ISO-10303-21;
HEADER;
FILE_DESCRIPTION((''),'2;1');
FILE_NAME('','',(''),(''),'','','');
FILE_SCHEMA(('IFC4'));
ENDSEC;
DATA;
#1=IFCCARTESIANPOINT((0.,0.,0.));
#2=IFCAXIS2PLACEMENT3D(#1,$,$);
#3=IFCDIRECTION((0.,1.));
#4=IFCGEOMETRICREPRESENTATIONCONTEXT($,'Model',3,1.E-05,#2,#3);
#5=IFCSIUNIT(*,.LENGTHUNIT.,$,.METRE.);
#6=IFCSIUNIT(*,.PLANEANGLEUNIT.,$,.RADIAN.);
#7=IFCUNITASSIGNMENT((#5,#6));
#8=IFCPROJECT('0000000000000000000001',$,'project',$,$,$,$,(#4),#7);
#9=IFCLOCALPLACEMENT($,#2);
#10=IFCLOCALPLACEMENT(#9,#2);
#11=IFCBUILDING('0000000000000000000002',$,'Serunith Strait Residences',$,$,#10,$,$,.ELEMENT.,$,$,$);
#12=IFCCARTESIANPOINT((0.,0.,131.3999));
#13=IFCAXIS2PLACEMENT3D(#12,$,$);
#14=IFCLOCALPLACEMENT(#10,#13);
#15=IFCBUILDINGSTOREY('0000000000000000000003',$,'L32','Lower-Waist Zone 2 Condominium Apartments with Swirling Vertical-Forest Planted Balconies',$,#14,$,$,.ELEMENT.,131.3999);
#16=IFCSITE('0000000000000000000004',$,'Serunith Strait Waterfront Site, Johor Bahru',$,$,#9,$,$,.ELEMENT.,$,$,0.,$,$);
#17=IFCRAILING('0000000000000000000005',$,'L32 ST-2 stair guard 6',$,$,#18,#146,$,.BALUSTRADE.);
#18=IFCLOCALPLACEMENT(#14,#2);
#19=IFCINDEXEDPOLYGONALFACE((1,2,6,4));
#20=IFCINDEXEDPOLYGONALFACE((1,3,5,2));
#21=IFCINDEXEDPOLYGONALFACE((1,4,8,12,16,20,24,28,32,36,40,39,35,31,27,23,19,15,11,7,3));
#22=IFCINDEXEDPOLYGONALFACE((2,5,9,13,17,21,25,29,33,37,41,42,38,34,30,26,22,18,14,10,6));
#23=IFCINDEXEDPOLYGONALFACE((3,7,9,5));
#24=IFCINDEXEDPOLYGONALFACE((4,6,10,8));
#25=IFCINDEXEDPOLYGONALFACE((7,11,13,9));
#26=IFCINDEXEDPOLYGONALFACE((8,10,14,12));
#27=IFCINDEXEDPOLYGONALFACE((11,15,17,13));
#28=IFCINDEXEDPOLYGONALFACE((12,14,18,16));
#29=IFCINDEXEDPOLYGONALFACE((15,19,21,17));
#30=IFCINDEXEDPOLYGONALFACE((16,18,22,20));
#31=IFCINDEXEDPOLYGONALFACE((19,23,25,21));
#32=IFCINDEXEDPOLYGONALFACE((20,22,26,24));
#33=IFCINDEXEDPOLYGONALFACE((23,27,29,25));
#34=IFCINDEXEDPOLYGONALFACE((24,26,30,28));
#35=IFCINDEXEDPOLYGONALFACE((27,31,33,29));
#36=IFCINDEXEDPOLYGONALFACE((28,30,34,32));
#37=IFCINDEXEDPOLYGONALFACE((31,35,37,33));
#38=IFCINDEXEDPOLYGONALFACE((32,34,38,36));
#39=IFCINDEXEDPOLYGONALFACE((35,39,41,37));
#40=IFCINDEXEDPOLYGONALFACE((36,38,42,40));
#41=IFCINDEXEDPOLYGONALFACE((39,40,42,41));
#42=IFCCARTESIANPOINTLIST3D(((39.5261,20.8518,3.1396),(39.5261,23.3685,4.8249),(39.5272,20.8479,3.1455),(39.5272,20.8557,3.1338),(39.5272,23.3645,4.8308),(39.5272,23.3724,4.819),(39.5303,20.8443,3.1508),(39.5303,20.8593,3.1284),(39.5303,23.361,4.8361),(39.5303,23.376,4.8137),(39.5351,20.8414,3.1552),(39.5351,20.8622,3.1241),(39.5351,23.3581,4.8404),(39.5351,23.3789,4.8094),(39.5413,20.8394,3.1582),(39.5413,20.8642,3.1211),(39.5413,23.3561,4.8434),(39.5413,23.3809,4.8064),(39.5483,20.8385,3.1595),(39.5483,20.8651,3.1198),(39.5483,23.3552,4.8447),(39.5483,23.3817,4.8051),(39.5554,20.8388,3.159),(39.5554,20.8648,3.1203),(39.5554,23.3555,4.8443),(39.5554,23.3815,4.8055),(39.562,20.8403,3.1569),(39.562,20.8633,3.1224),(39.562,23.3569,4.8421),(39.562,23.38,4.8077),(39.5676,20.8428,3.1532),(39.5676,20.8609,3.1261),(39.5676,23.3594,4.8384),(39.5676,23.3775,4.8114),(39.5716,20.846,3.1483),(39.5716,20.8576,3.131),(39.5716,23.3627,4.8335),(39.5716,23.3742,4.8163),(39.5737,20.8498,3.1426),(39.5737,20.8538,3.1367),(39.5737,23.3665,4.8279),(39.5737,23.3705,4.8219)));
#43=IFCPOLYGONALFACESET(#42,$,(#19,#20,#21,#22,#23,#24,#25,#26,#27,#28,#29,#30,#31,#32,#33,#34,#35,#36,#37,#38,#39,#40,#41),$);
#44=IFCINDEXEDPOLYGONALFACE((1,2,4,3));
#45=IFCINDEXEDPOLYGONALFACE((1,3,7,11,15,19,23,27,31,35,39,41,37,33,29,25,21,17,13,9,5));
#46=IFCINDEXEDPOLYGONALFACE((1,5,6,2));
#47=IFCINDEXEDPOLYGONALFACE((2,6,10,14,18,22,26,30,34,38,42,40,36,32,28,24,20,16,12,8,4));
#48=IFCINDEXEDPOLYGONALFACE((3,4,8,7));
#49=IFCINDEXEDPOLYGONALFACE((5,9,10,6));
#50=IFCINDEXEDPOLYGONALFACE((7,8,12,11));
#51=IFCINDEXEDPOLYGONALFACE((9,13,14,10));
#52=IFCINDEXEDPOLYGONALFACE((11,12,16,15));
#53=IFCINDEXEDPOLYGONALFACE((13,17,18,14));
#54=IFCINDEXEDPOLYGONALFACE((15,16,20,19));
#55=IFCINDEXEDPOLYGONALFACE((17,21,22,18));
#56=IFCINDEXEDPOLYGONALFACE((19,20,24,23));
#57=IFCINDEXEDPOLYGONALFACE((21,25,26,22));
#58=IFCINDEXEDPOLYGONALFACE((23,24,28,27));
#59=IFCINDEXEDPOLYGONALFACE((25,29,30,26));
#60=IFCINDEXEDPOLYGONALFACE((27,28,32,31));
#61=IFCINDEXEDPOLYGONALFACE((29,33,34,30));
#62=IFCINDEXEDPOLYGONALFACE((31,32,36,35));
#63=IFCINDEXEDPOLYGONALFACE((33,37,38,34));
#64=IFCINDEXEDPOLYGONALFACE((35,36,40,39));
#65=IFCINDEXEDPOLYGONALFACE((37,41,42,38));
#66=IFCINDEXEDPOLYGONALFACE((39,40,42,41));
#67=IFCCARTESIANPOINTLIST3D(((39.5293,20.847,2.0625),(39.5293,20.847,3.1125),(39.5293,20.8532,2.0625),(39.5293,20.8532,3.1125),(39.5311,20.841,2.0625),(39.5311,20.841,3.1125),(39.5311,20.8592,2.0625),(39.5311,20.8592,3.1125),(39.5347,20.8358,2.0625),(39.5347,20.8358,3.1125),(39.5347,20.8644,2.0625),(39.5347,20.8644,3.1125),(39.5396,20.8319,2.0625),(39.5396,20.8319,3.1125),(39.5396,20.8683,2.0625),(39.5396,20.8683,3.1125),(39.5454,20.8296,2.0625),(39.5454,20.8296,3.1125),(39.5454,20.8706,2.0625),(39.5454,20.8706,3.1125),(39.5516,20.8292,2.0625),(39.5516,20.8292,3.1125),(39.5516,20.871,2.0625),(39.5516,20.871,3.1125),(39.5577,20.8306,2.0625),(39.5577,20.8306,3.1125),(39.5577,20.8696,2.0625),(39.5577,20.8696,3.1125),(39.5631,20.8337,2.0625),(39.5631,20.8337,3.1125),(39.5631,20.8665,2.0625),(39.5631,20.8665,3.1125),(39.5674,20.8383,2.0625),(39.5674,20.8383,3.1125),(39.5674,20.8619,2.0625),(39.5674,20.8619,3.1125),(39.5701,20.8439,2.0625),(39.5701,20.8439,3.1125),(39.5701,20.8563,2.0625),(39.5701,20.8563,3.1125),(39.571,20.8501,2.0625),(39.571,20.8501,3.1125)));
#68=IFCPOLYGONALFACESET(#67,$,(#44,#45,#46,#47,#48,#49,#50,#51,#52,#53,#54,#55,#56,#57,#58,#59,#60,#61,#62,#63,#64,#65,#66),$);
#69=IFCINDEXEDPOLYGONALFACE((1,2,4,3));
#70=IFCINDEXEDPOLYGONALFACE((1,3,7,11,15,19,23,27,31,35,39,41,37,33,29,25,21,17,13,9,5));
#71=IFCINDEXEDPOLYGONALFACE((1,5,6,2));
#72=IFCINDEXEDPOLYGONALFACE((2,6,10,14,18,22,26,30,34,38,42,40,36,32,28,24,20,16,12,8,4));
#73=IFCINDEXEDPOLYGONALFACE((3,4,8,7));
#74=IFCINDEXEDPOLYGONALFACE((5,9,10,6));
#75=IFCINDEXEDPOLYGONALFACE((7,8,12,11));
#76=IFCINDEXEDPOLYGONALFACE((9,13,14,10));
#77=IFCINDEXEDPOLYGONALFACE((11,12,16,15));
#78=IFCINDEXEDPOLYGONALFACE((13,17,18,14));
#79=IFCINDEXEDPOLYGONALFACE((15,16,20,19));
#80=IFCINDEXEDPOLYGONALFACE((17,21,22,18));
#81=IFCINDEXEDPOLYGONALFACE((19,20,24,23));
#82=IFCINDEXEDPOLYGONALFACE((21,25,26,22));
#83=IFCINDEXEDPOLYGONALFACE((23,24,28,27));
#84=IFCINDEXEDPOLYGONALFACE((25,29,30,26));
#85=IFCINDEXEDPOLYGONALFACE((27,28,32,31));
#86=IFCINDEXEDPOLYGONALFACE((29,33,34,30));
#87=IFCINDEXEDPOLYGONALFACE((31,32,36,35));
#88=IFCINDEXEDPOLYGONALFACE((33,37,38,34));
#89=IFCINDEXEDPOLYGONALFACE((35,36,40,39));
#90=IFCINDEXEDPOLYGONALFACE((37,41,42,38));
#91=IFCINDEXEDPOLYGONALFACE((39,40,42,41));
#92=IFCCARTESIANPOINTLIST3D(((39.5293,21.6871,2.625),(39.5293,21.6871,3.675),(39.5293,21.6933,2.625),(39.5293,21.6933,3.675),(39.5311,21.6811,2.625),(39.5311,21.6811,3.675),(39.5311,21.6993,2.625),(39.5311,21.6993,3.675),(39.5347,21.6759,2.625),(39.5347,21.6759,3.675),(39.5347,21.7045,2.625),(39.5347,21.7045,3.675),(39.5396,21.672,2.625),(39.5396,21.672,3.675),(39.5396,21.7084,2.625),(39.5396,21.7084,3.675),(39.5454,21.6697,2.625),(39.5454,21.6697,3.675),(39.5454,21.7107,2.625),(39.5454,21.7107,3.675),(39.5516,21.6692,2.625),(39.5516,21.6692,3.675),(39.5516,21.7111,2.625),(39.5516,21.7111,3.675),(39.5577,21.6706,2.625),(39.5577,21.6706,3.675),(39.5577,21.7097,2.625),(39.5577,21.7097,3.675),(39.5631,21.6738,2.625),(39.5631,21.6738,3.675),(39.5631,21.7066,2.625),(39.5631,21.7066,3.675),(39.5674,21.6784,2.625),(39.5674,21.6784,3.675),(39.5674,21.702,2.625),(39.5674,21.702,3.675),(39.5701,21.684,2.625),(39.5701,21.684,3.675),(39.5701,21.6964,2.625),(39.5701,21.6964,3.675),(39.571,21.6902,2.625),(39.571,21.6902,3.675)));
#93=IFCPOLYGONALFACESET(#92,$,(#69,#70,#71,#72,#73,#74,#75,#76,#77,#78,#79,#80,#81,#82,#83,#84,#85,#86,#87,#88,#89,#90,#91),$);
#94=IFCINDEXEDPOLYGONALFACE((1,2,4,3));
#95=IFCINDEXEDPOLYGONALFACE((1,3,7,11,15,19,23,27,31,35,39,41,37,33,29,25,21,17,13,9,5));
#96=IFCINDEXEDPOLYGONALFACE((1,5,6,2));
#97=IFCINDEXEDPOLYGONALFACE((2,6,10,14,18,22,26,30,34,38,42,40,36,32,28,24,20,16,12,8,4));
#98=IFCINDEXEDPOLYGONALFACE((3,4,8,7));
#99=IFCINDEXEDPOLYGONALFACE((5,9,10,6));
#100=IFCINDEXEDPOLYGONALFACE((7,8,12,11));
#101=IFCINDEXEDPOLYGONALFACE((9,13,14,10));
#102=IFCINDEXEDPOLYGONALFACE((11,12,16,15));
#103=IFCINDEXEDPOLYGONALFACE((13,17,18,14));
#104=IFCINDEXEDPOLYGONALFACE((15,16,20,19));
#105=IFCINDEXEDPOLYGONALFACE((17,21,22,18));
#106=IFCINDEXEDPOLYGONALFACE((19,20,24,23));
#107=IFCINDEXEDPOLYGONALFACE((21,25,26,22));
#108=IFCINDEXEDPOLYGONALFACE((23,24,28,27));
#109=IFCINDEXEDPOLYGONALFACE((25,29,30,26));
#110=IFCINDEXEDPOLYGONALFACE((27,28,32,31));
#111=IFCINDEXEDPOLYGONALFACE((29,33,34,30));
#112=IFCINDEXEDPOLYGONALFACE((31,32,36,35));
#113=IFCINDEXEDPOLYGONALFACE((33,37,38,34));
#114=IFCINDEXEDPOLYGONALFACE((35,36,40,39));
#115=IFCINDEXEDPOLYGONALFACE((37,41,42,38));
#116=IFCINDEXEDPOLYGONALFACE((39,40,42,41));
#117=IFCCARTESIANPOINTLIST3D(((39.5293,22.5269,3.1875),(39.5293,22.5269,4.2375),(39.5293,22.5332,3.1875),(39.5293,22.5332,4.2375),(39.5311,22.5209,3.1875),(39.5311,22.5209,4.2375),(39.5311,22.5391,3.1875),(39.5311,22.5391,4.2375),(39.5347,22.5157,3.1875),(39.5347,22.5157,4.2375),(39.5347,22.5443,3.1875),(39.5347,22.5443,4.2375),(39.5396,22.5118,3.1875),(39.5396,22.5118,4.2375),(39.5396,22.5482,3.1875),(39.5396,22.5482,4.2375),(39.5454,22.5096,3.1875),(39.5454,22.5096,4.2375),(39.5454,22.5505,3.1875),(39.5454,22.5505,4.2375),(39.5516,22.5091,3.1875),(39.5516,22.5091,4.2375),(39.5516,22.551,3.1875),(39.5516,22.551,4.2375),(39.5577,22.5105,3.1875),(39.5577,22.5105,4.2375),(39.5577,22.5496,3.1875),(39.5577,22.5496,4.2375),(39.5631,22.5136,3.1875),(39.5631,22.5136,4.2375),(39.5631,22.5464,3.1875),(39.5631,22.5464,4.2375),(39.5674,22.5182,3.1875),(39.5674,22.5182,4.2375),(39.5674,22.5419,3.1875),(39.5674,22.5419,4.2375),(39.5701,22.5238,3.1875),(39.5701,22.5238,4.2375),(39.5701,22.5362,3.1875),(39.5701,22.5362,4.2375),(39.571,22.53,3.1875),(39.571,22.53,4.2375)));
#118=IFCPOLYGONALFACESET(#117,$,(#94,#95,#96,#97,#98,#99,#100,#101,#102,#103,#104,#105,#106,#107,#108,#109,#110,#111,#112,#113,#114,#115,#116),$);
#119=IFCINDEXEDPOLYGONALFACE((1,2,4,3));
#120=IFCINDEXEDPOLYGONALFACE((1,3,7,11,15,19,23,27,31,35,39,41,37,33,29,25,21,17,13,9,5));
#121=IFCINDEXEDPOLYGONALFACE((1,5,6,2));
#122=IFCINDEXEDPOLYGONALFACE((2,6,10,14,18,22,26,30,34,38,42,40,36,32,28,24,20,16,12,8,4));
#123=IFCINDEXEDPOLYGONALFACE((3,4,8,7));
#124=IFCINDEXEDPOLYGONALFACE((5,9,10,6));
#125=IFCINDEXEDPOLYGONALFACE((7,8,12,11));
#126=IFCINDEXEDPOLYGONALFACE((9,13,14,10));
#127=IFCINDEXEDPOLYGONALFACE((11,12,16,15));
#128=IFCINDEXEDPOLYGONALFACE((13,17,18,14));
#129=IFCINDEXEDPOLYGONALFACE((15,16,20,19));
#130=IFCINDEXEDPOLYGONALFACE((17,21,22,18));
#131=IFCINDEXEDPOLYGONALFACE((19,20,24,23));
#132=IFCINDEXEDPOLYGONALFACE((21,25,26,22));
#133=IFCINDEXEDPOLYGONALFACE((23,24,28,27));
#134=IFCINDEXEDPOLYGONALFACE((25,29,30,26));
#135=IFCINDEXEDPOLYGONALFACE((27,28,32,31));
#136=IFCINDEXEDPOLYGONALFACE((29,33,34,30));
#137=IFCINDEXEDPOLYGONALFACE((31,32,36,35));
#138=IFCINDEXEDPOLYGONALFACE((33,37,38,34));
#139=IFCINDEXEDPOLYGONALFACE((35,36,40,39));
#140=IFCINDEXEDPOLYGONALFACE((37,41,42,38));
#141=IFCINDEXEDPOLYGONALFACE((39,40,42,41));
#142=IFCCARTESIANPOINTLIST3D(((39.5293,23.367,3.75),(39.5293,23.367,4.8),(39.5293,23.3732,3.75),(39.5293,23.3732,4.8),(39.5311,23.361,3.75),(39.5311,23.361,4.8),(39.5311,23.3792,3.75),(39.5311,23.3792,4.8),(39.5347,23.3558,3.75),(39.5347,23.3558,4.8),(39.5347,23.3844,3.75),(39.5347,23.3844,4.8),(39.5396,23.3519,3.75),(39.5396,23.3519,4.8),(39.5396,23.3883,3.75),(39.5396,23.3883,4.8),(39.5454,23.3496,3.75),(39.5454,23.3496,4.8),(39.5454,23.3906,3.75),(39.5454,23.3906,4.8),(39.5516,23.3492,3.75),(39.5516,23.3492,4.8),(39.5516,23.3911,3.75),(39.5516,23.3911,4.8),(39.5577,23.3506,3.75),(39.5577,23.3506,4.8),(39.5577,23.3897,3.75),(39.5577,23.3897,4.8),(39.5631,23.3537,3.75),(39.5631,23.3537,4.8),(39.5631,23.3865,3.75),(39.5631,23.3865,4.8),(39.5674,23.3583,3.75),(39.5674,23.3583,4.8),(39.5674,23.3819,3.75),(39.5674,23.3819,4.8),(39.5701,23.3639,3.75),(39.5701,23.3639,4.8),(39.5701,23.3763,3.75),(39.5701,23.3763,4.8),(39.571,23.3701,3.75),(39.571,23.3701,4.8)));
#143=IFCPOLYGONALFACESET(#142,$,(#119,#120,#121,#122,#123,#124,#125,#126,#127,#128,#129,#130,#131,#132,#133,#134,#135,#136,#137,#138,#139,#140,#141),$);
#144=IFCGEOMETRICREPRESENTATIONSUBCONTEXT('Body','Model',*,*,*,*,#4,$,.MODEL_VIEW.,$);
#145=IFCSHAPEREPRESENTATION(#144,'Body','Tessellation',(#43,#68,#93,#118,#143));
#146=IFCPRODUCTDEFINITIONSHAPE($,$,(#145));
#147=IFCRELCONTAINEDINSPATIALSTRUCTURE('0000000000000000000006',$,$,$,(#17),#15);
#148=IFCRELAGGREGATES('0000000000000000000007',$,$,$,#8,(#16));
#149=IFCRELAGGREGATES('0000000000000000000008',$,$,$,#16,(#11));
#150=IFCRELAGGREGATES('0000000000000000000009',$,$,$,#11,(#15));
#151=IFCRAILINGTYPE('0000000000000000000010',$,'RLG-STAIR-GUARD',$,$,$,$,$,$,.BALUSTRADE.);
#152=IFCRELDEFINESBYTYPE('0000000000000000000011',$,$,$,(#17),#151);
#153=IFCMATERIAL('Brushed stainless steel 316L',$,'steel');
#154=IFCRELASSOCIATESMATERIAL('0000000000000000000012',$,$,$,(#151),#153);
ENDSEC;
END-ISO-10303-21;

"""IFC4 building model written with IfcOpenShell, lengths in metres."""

from ifc_helpers import new_model, si_unit, direction, frame, origin, origin_2d, place, context, subcontext, project, spatial, circle, extrude, material, type_object, element, save


model = new_model("IFC4")

# Units and contexts
model_context = context("Model", 3, precision=1e-05, world=origin(), true_north=direction((0.0, 1.0)))
body_context = subcontext(model_context, "Body", "Model", "MODEL_VIEW")
ifc_project = project(units=[si_unit("LENGTHUNIT", "METRE"), si_unit("PLANEANGLEUNIT", "RADIAN")], contexts=[model_context])

# Site, building, storey
site_placement = place(None, origin())
site = spatial("IfcSite", under=ifc_project, at=site_placement, Name="Serunith Strait Waterfront Site, Johor Bahru", CompositionType="ELEMENT", RefElevation=0.0)
building_placement = place(site_placement, origin())
building = spatial("IfcBuilding", under=site, at=building_placement, Name="Serunith Strait Residences", CompositionType="ELEMENT")
storey_placement = place(building_placement, frame((0.0, 0.0, 131.3999)))
storey = spatial("IfcBuildingStorey", under=building, at=storey_placement, Name="L32", Description="Lower-Waist Zone 2 Condominium Apartments with Swirling Vertical-Forest Planted Balconies", CompositionType="ELEMENT", Elevation=131.3999)

# Railing
ifc_material_1 = material(Name="Brushed stainless steel 316L", Category="steel")
railing_type_1 = type_object("IfcRailingType", Name="RLG-STAIR-GUARD", PredefinedType="BALUSTRADE", material=ifc_material_1)
railing_1_placement = place(storey_placement, frame((39.55, 20.8501, 2.0625)))
element("IfcRailing", 1, at=railing_1_placement, inside=storey, type_object=railing_type_1, Name="L32 ST-2 stair guard 6", PredefinedType="BALUSTRADE", context=body_context, shape_type="SweptSolid", body=[
    extrude(circle(Radius=0.0239, at=origin_2d()), frame((0.0, 0.0017, 1.0771), z_axis=(0.0, 0.830909, 0.556408), x_axis=(-1.0, 0.0, 0.0)), (0.0, 0.0, 1.0), 3.0288),
    extrude(circle(Radius=0.021, at=origin_2d()), origin(), (0.0, 0.0, 1.0), 1.05),
    extrude(circle(Radius=0.021, at=origin_2d()), frame((0.0, 0.8401, 0.5625)), (0.0, 0.0, 1.0), 1.05),
    extrude(circle(Radius=0.021, at=origin_2d()), frame((0.0, 1.6799, 1.125)), (0.0, 0.0, 1.0), 1.05),
    extrude(circle(Radius=0.021, at=origin_2d()), frame((0.0, 2.52, 1.6875)), (0.0, 0.0, 1.0), 1.05),
])

save(model, "model.ifc")
